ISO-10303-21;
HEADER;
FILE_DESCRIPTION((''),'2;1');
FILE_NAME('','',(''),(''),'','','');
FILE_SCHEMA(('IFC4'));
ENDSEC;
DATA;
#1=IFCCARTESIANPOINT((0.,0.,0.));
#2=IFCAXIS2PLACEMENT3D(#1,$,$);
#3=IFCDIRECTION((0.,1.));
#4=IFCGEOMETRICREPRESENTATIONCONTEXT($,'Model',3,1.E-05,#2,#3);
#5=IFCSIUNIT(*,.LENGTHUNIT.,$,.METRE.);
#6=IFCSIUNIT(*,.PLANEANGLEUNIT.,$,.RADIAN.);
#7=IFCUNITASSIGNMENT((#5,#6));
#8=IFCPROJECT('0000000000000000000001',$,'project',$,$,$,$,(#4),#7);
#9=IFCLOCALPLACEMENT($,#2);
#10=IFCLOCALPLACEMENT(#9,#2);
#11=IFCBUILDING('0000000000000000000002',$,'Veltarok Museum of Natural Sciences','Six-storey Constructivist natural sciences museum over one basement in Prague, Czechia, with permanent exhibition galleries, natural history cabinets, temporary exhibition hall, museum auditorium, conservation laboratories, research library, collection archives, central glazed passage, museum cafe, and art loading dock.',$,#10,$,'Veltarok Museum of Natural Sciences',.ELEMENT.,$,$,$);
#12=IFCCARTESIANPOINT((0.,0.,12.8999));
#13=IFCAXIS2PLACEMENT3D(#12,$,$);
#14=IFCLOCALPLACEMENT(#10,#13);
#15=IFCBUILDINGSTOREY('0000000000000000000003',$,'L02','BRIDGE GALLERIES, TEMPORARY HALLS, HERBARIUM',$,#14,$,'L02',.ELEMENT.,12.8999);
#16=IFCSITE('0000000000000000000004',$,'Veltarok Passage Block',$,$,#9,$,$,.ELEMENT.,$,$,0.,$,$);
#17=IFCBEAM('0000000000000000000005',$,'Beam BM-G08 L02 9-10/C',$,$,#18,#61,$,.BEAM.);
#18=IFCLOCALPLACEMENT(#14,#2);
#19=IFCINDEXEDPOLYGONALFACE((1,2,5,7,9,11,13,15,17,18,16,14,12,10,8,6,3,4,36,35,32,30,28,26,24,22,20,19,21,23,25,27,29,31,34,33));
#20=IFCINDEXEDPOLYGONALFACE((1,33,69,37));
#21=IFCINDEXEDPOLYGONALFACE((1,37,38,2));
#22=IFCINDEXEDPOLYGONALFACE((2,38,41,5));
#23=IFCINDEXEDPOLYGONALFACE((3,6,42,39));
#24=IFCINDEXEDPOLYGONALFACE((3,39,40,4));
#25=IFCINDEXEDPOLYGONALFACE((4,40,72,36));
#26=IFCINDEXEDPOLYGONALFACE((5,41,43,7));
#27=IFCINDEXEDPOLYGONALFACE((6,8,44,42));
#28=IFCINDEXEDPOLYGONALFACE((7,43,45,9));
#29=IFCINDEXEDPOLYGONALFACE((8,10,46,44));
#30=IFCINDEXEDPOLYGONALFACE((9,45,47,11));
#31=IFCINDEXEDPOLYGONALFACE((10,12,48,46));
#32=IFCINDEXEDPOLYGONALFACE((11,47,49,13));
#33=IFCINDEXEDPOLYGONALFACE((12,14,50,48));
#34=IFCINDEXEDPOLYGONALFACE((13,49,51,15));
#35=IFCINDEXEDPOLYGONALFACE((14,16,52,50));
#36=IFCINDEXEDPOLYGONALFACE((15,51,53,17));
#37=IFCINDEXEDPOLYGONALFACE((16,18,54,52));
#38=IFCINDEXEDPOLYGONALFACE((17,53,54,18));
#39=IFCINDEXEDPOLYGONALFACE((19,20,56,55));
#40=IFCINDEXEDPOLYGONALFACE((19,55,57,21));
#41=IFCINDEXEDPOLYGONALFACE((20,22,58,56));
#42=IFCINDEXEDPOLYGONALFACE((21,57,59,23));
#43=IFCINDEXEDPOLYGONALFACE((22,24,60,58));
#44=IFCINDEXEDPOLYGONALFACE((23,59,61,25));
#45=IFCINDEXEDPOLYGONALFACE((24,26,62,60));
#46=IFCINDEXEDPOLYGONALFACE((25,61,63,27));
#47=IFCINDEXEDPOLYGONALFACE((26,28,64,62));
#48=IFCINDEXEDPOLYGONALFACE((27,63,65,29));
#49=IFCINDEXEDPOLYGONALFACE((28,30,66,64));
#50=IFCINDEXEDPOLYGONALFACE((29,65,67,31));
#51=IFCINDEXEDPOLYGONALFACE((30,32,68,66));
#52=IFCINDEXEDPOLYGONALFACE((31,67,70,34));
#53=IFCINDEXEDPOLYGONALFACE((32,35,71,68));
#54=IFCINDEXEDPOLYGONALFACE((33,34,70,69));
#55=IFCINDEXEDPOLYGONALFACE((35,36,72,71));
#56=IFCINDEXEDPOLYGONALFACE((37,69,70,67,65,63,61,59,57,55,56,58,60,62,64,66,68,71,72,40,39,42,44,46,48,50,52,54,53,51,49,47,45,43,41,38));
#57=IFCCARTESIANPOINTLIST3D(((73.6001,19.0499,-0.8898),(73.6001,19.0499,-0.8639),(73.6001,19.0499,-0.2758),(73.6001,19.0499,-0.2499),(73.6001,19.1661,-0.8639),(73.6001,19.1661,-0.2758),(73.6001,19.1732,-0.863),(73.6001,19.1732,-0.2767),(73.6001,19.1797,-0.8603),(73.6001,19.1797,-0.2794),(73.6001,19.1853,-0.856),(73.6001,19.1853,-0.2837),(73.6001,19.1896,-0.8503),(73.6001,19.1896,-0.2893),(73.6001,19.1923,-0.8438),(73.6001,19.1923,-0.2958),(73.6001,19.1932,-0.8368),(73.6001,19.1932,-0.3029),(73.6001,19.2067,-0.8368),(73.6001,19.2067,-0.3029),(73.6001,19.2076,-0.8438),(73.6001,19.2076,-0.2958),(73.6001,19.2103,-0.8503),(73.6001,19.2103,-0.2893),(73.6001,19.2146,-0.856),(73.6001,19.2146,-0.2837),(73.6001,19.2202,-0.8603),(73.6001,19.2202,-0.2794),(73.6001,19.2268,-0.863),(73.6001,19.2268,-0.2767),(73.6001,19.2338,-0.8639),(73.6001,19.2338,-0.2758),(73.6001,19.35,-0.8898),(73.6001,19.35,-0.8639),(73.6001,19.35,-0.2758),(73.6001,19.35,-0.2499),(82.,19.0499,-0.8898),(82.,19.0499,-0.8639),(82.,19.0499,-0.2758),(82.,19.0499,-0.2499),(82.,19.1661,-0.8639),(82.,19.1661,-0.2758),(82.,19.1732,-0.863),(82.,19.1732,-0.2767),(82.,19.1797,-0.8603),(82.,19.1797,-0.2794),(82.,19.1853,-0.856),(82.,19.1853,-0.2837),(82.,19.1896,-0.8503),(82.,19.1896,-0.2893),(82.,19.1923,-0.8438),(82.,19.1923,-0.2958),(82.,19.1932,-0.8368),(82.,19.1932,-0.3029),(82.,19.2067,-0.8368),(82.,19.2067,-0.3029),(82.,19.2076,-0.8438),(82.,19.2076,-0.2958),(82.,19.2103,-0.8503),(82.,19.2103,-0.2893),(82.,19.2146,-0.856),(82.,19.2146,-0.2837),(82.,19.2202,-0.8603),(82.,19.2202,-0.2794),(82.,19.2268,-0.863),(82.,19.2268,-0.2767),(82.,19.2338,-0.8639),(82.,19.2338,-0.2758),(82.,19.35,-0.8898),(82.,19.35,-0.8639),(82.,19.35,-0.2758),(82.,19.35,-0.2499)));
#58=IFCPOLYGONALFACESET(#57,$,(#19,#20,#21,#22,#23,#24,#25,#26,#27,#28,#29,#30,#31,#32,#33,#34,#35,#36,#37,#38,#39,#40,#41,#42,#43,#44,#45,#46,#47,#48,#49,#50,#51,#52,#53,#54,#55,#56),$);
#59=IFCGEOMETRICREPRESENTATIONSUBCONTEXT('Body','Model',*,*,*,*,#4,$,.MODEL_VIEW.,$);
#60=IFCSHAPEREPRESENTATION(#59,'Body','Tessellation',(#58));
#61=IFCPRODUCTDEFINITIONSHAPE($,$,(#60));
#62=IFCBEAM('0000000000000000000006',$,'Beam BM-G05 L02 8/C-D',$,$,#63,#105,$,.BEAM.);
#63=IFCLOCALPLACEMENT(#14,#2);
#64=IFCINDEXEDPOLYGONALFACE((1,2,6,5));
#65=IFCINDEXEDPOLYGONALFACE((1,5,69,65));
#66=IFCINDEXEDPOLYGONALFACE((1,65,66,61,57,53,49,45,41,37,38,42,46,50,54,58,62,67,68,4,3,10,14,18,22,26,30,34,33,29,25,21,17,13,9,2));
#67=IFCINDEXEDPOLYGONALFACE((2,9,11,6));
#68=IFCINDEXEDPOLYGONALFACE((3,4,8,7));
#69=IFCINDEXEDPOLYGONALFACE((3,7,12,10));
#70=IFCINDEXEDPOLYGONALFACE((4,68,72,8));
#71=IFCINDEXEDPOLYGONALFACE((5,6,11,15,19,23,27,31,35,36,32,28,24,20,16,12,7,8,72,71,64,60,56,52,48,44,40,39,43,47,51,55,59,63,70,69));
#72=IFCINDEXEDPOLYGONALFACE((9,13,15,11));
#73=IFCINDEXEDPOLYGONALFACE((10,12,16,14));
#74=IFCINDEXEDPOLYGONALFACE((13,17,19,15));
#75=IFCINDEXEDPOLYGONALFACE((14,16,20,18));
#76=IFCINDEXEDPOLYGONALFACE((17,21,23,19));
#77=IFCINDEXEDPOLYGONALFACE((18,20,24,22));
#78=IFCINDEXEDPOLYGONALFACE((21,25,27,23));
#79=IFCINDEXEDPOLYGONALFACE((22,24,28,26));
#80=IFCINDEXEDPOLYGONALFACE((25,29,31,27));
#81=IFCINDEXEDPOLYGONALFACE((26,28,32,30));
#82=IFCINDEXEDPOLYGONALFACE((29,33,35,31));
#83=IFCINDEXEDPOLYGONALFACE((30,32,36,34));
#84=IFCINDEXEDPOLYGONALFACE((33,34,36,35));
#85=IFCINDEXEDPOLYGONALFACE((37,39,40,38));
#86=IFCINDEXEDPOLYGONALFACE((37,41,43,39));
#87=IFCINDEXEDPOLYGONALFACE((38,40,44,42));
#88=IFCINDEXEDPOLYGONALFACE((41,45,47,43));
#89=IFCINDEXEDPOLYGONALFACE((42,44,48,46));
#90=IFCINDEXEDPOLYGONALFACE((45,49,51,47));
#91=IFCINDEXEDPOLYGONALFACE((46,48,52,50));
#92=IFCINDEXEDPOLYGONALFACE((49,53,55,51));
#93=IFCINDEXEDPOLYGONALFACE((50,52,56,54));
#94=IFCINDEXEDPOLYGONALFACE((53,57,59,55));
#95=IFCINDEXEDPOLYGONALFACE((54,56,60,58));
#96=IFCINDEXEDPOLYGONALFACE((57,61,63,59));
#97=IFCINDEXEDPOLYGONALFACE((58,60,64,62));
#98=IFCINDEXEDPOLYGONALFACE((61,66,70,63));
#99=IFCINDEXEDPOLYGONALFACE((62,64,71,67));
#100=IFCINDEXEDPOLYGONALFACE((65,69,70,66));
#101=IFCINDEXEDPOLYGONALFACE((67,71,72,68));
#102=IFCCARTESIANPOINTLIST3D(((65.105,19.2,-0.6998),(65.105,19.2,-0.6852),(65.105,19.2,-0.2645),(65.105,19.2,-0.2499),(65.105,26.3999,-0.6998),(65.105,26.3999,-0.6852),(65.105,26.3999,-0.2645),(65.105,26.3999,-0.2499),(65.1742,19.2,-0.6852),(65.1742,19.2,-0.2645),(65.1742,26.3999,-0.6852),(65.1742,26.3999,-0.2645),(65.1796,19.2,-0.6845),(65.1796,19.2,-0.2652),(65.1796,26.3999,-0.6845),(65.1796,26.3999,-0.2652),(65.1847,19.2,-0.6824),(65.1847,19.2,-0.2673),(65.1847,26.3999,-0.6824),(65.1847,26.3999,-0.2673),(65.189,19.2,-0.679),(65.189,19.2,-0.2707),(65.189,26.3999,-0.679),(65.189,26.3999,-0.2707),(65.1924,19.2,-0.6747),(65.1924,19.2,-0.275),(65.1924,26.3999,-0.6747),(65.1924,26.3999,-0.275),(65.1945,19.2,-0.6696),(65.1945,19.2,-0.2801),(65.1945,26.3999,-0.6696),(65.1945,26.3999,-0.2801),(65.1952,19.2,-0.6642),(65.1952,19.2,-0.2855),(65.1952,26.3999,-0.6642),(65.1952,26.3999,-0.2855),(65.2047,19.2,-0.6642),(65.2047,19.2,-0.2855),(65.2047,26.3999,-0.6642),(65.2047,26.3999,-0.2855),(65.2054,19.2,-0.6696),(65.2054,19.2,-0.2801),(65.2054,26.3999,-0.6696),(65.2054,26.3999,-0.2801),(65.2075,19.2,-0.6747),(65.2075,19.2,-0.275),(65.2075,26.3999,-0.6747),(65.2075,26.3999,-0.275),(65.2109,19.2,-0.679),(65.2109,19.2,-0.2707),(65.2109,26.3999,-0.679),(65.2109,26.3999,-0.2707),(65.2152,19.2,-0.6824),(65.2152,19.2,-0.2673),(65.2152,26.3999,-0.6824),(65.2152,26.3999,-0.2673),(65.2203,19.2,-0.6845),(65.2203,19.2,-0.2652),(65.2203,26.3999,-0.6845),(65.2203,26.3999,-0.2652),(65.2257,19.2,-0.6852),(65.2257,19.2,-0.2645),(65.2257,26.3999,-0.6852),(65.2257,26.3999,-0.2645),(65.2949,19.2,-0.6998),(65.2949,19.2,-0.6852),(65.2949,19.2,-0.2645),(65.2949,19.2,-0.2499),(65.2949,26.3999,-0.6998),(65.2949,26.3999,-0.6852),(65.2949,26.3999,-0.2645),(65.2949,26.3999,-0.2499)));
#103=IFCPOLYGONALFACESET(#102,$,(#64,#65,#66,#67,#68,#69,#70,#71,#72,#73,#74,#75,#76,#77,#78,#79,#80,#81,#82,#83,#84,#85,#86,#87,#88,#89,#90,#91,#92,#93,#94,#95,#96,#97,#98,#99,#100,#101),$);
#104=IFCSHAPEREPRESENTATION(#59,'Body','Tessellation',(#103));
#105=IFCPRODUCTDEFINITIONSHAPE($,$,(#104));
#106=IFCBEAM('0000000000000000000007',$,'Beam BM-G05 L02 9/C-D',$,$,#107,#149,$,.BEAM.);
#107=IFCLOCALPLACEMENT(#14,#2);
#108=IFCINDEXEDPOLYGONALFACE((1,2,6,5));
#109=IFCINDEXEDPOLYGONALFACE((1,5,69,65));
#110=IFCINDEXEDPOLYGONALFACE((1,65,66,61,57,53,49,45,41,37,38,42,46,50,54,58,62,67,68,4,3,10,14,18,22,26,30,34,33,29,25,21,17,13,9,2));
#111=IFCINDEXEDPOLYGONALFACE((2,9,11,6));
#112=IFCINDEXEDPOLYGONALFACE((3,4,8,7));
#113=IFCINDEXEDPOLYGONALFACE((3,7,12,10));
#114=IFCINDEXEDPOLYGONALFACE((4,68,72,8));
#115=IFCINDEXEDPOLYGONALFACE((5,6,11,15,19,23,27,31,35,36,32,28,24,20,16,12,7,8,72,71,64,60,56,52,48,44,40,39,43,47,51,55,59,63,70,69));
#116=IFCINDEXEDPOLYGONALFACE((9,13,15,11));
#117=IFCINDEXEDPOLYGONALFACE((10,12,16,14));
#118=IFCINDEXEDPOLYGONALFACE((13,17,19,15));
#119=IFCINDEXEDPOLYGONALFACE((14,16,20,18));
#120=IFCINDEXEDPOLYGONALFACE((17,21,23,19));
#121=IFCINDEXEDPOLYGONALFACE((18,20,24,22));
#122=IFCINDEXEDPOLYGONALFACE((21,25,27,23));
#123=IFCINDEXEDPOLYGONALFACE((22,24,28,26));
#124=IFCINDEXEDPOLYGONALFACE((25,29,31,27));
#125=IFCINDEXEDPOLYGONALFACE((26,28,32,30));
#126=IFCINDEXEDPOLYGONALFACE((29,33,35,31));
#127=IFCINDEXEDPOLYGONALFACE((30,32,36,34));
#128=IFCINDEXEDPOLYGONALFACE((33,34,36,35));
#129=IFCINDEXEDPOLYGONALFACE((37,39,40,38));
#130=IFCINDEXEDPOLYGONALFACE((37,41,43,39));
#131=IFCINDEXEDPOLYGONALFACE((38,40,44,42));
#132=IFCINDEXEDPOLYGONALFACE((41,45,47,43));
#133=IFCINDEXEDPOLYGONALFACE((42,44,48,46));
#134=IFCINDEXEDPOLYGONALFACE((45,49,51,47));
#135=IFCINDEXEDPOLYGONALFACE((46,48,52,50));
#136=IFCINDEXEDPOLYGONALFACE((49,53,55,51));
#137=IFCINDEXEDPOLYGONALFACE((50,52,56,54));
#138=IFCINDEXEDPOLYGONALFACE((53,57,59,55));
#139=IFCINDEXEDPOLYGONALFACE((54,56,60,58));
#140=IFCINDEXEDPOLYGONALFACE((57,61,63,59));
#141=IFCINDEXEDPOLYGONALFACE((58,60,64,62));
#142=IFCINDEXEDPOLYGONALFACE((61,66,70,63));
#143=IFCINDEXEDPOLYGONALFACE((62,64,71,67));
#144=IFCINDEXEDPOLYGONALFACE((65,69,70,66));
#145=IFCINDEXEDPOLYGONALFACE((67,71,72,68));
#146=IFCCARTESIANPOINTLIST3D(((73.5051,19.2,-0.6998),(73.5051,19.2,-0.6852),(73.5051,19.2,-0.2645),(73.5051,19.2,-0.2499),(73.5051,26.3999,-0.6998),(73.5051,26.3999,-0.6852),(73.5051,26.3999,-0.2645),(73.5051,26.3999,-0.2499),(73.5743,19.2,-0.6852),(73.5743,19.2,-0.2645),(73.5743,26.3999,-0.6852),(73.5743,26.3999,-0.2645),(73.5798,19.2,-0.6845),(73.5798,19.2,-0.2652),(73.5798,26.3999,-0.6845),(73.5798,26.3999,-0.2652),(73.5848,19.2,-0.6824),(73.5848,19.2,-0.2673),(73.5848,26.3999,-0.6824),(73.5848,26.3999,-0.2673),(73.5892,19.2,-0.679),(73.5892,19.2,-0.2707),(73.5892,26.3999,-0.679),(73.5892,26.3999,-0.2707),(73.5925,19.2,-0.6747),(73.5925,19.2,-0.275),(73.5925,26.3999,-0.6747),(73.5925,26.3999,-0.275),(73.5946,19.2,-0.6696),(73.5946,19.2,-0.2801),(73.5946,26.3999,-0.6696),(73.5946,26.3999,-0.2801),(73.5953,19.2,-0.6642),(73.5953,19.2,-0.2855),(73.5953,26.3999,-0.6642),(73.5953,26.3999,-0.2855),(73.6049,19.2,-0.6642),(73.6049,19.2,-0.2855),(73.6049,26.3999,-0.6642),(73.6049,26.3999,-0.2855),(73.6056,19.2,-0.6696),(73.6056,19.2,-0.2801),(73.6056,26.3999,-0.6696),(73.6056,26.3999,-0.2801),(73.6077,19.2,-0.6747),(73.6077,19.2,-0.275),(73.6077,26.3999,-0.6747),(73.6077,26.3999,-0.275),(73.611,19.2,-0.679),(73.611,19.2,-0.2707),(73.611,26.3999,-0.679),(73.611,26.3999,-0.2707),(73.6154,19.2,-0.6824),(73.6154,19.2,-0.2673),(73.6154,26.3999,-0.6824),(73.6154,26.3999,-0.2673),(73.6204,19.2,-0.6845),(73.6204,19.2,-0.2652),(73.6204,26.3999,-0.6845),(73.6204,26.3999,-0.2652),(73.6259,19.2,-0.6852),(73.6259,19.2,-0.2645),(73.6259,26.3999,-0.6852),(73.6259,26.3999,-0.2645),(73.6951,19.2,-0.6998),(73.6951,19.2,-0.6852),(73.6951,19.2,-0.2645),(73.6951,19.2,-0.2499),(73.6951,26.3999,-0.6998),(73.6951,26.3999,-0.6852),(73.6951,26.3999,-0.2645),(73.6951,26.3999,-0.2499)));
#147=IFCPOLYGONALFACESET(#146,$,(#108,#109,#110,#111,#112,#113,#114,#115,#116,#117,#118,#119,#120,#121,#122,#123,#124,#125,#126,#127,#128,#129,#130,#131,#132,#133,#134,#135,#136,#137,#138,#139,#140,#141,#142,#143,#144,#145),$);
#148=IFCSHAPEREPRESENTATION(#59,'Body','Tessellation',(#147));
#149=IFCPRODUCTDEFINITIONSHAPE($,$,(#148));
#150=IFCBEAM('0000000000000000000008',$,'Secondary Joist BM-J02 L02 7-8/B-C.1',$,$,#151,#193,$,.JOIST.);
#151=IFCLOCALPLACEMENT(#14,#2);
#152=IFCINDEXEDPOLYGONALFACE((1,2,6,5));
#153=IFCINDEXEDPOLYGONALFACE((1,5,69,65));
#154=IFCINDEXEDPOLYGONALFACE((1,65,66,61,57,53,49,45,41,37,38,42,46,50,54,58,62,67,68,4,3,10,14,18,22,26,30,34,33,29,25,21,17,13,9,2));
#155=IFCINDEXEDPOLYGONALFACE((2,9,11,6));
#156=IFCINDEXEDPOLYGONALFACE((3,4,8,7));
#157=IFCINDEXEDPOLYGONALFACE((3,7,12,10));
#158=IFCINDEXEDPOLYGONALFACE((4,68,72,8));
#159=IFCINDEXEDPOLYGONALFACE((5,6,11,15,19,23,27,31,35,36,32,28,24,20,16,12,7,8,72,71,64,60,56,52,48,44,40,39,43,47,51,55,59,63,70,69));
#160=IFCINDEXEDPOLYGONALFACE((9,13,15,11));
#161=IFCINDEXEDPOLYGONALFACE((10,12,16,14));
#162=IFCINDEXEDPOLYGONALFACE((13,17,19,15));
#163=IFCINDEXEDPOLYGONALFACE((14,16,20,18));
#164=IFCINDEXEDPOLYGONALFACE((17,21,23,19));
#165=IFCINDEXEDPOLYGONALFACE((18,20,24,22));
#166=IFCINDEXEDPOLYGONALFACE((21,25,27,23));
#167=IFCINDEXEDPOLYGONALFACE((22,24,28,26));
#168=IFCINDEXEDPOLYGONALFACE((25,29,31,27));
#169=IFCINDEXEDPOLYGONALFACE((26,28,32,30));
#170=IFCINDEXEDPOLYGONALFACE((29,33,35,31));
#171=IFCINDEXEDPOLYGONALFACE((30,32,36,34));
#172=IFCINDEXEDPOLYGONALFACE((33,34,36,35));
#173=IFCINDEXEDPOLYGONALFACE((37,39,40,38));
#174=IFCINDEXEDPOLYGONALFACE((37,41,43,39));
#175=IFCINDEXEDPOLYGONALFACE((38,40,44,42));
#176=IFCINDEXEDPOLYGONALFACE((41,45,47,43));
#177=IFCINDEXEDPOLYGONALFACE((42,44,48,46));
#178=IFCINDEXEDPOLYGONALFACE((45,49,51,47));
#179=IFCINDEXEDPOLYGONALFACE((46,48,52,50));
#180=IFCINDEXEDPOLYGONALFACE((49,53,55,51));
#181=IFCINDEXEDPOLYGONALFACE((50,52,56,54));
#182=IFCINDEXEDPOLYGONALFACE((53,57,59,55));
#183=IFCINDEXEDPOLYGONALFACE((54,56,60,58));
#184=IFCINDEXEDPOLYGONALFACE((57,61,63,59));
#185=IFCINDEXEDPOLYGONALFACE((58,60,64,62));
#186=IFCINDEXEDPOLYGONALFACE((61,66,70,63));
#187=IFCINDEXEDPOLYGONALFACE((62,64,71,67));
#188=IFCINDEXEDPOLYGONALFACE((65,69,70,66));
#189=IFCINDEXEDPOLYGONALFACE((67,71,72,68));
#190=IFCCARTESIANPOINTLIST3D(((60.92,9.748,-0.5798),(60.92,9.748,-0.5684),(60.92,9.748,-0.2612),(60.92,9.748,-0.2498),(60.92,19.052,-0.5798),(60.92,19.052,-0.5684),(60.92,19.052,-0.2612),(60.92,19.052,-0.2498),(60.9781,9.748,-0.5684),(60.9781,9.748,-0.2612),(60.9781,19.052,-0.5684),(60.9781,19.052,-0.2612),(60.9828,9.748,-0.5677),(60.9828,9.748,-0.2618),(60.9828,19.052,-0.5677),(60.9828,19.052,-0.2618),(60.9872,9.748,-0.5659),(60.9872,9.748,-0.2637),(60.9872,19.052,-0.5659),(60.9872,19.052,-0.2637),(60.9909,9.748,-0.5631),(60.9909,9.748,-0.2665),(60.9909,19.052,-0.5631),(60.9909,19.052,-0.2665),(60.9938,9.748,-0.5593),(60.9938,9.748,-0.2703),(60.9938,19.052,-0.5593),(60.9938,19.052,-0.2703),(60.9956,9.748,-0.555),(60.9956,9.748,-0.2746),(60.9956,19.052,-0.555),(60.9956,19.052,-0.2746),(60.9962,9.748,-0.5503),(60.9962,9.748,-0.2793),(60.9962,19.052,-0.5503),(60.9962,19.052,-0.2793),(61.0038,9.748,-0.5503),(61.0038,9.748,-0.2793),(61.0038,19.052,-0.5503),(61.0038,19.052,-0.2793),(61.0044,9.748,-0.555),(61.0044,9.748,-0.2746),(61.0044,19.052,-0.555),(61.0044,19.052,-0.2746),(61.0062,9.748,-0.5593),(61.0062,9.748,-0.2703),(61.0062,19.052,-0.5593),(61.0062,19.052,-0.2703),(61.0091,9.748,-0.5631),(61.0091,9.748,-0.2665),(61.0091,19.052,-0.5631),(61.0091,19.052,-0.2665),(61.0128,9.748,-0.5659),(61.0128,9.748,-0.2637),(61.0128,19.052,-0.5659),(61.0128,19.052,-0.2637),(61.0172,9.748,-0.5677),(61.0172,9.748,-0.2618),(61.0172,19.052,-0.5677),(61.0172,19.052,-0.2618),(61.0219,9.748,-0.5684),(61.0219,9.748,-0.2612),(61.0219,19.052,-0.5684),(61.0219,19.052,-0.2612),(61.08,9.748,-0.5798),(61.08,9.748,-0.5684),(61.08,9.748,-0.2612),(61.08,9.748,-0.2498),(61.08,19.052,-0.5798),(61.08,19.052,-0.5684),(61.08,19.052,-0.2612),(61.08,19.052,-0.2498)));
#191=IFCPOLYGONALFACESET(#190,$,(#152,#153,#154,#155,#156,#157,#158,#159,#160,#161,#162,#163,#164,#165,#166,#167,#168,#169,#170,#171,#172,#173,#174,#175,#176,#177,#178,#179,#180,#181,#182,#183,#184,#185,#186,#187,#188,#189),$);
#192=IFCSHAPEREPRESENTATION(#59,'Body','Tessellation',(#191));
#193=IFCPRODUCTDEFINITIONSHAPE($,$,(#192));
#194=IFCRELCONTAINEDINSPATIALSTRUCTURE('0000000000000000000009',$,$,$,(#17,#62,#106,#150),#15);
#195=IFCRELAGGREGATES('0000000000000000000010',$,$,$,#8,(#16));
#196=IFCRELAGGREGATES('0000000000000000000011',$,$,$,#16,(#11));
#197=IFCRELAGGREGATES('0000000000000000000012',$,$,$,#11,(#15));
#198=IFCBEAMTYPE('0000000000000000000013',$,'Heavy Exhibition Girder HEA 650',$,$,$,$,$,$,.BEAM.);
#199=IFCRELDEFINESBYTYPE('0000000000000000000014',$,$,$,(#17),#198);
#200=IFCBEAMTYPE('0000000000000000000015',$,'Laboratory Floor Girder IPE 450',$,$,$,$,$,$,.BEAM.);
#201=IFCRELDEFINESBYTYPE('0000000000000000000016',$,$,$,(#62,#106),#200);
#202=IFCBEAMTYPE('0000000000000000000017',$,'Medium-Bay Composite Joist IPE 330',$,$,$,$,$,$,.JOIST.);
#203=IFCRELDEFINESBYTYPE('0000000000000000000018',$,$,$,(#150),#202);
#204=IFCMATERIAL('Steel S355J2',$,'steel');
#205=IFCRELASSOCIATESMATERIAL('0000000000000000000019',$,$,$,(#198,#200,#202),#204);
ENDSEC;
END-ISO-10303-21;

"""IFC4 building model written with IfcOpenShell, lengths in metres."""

from ifc_helpers import new_model, si_unit, direction, frame, origin, origin_2d, place, context, subcontext, project, spatial, i_section, extrude, material, material_profile, profile_set, type_object, element, save


model = new_model("IFC4")

# Units and contexts
model_context = context("Model", 3, precision=1e-05, world=origin(), true_north=direction((0.0, 1.0)))
body_context = subcontext(model_context, "Body", "Model", "MODEL_VIEW")
ifc_project = project(units=[si_unit("LENGTHUNIT", "METRE"), si_unit("PLANEANGLEUNIT", "RADIAN")], contexts=[model_context])

# Site, building, storey
site_placement = place(None, origin())
site = spatial("IfcSite", under=ifc_project, at=site_placement, Name="Veltarok Passage Block", CompositionType="ELEMENT", RefElevation=0.0)
building_placement = place(site_placement, origin())
building = spatial("IfcBuilding", under=site, at=building_placement, Name="Veltarok Museum of Natural Sciences", Description="Six-storey Constructivist natural sciences museum over one basement in Prague, Czechia, with permanent exhibition galleries, natural history cabinets, temporary exhibition hall, museum auditorium, conservation laboratories, research library, collection archives, central glazed passage, museum cafe, and art loading dock.", LongName="Veltarok Museum of Natural Sciences", CompositionType="ELEMENT")
storey_placement = place(building_placement, frame((0.0, 0.0, 12.8999)))
storey = spatial("IfcBuildingStorey", under=building, at=storey_placement, Name="L02", Description="BRIDGE GALLERIES, TEMPORARY HALLS, HERBARIUM", LongName="L02", CompositionType="ELEMENT", Elevation=12.8999)

# Shared definitions
ifc_material_1 = material(Name="Steel S355J2", Category="steel")

# Beams
ifc_material_profile_1 = material_profile(ifc_material_1, i_section(OverallWidth=0.3, OverallDepth=0.6399, WebThickness=0.0134, FlangeThickness=0.0259, FilletRadius=0.0271, at=origin_2d()), Name="HEA 650")
ifc_profile_set_1 = profile_set([ifc_material_profile_1], Name="Steel S355J2")
beam_type_1 = type_object("IfcBeamType", Name="Heavy Exhibition Girder HEA 650", PredefinedType="BEAM", material=ifc_profile_set_1)
beam_1_placement = place(storey_placement, frame((73.6001, 19.2, -0.5698), z_axis=(1.0, 0.0, 0.0), x_axis=(0.0, 1.0, 0.0)))
element("IfcBeam", 1, at=beam_1_placement, inside=storey, type_object=beam_type_1, Name="Beam BM-G08 L02 9-10/C", PredefinedType="BEAM", context=body_context, shape_type="SweptSolid", body=[
    extrude(i_section(OverallWidth=0.3, OverallDepth=0.6399, WebThickness=0.0134, FlangeThickness=0.0259, FilletRadius=0.0271, at=origin_2d()), origin(), (0.0, 0.0, 1.0), 8.3999),
])
ifc_material_profile_2 = material_profile(ifc_material_1, i_section(OverallWidth=0.1899, OverallDepth=0.45, WebThickness=0.0095, FlangeThickness=0.0146, FilletRadius=0.021, at=origin_2d()), Name="IPE 450")
ifc_profile_set_2 = profile_set([ifc_material_profile_2], Name="Steel S355J2")
beam_type_2 = type_object("IfcBeamType", Name="Laboratory Floor Girder IPE 450", PredefinedType="BEAM", material=ifc_profile_set_2)
for number, where, z_axis, x_axis, name in (
    (2, (65.2, 19.2, -0.4749), (0.0, 1.0, 0.0), (-1.0, 0.0, 0.0), "Beam BM-G05 L02 8/C-D"),
    (3, (73.6001, 19.2, -0.4749), (0.0, 1.0, 0.0), (-1.0, 0.0, 0.0), "Beam BM-G05 L02 9/C-D"),
):
    element("IfcBeam", number, at=place(storey_placement, frame(where, z_axis=z_axis, x_axis=x_axis)), inside=storey, type_object=beam_type_2, Name=name, PredefinedType="BEAM", context=body_context, shape_type="SweptSolid", body=[
        extrude(i_section(OverallWidth=0.1899, OverallDepth=0.45, WebThickness=0.0095, FlangeThickness=0.0146, FilletRadius=0.021, at=origin_2d()), origin(), (0.0, 0.0, 1.0), 7.2),
    ])
ifc_material_profile_3 = material_profile(ifc_material_1, i_section(OverallWidth=0.1599, OverallDepth=0.3301, WebThickness=0.0076, FlangeThickness=0.0115, FilletRadius=0.0181, at=origin_2d()), Name="IPE 330")
ifc_profile_set_3 = profile_set([ifc_material_profile_3], Name="Steel S355J2")
beam_type_3 = type_object("IfcBeamType", Name="Medium-Bay Composite Joist IPE 330", PredefinedType="JOIST", material=ifc_profile_set_3)
for number, where, z_axis, x_axis, name in (
    (4, (61.0, 9.748, -0.4148), (0.0, 1.0, 0.0), (-1.0, 0.0, 0.0), "Secondary Joist BM-J02 L02 7-8/B-C.1"),
):
    element("IfcBeam", number, at=place(storey_placement, frame(where, z_axis=z_axis, x_axis=x_axis)), inside=storey, type_object=beam_type_3, Name=name, PredefinedType="JOIST", context=body_context, shape_type="SweptSolid", body=[
        extrude(i_section(OverallWidth=0.1599, OverallDepth=0.3301, WebThickness=0.0076, FlangeThickness=0.0115, FilletRadius=0.0181, at=origin_2d()), origin(), (0.0, 0.0, 1.0), 9.304),
    ])

save(model, "model.ifc")
